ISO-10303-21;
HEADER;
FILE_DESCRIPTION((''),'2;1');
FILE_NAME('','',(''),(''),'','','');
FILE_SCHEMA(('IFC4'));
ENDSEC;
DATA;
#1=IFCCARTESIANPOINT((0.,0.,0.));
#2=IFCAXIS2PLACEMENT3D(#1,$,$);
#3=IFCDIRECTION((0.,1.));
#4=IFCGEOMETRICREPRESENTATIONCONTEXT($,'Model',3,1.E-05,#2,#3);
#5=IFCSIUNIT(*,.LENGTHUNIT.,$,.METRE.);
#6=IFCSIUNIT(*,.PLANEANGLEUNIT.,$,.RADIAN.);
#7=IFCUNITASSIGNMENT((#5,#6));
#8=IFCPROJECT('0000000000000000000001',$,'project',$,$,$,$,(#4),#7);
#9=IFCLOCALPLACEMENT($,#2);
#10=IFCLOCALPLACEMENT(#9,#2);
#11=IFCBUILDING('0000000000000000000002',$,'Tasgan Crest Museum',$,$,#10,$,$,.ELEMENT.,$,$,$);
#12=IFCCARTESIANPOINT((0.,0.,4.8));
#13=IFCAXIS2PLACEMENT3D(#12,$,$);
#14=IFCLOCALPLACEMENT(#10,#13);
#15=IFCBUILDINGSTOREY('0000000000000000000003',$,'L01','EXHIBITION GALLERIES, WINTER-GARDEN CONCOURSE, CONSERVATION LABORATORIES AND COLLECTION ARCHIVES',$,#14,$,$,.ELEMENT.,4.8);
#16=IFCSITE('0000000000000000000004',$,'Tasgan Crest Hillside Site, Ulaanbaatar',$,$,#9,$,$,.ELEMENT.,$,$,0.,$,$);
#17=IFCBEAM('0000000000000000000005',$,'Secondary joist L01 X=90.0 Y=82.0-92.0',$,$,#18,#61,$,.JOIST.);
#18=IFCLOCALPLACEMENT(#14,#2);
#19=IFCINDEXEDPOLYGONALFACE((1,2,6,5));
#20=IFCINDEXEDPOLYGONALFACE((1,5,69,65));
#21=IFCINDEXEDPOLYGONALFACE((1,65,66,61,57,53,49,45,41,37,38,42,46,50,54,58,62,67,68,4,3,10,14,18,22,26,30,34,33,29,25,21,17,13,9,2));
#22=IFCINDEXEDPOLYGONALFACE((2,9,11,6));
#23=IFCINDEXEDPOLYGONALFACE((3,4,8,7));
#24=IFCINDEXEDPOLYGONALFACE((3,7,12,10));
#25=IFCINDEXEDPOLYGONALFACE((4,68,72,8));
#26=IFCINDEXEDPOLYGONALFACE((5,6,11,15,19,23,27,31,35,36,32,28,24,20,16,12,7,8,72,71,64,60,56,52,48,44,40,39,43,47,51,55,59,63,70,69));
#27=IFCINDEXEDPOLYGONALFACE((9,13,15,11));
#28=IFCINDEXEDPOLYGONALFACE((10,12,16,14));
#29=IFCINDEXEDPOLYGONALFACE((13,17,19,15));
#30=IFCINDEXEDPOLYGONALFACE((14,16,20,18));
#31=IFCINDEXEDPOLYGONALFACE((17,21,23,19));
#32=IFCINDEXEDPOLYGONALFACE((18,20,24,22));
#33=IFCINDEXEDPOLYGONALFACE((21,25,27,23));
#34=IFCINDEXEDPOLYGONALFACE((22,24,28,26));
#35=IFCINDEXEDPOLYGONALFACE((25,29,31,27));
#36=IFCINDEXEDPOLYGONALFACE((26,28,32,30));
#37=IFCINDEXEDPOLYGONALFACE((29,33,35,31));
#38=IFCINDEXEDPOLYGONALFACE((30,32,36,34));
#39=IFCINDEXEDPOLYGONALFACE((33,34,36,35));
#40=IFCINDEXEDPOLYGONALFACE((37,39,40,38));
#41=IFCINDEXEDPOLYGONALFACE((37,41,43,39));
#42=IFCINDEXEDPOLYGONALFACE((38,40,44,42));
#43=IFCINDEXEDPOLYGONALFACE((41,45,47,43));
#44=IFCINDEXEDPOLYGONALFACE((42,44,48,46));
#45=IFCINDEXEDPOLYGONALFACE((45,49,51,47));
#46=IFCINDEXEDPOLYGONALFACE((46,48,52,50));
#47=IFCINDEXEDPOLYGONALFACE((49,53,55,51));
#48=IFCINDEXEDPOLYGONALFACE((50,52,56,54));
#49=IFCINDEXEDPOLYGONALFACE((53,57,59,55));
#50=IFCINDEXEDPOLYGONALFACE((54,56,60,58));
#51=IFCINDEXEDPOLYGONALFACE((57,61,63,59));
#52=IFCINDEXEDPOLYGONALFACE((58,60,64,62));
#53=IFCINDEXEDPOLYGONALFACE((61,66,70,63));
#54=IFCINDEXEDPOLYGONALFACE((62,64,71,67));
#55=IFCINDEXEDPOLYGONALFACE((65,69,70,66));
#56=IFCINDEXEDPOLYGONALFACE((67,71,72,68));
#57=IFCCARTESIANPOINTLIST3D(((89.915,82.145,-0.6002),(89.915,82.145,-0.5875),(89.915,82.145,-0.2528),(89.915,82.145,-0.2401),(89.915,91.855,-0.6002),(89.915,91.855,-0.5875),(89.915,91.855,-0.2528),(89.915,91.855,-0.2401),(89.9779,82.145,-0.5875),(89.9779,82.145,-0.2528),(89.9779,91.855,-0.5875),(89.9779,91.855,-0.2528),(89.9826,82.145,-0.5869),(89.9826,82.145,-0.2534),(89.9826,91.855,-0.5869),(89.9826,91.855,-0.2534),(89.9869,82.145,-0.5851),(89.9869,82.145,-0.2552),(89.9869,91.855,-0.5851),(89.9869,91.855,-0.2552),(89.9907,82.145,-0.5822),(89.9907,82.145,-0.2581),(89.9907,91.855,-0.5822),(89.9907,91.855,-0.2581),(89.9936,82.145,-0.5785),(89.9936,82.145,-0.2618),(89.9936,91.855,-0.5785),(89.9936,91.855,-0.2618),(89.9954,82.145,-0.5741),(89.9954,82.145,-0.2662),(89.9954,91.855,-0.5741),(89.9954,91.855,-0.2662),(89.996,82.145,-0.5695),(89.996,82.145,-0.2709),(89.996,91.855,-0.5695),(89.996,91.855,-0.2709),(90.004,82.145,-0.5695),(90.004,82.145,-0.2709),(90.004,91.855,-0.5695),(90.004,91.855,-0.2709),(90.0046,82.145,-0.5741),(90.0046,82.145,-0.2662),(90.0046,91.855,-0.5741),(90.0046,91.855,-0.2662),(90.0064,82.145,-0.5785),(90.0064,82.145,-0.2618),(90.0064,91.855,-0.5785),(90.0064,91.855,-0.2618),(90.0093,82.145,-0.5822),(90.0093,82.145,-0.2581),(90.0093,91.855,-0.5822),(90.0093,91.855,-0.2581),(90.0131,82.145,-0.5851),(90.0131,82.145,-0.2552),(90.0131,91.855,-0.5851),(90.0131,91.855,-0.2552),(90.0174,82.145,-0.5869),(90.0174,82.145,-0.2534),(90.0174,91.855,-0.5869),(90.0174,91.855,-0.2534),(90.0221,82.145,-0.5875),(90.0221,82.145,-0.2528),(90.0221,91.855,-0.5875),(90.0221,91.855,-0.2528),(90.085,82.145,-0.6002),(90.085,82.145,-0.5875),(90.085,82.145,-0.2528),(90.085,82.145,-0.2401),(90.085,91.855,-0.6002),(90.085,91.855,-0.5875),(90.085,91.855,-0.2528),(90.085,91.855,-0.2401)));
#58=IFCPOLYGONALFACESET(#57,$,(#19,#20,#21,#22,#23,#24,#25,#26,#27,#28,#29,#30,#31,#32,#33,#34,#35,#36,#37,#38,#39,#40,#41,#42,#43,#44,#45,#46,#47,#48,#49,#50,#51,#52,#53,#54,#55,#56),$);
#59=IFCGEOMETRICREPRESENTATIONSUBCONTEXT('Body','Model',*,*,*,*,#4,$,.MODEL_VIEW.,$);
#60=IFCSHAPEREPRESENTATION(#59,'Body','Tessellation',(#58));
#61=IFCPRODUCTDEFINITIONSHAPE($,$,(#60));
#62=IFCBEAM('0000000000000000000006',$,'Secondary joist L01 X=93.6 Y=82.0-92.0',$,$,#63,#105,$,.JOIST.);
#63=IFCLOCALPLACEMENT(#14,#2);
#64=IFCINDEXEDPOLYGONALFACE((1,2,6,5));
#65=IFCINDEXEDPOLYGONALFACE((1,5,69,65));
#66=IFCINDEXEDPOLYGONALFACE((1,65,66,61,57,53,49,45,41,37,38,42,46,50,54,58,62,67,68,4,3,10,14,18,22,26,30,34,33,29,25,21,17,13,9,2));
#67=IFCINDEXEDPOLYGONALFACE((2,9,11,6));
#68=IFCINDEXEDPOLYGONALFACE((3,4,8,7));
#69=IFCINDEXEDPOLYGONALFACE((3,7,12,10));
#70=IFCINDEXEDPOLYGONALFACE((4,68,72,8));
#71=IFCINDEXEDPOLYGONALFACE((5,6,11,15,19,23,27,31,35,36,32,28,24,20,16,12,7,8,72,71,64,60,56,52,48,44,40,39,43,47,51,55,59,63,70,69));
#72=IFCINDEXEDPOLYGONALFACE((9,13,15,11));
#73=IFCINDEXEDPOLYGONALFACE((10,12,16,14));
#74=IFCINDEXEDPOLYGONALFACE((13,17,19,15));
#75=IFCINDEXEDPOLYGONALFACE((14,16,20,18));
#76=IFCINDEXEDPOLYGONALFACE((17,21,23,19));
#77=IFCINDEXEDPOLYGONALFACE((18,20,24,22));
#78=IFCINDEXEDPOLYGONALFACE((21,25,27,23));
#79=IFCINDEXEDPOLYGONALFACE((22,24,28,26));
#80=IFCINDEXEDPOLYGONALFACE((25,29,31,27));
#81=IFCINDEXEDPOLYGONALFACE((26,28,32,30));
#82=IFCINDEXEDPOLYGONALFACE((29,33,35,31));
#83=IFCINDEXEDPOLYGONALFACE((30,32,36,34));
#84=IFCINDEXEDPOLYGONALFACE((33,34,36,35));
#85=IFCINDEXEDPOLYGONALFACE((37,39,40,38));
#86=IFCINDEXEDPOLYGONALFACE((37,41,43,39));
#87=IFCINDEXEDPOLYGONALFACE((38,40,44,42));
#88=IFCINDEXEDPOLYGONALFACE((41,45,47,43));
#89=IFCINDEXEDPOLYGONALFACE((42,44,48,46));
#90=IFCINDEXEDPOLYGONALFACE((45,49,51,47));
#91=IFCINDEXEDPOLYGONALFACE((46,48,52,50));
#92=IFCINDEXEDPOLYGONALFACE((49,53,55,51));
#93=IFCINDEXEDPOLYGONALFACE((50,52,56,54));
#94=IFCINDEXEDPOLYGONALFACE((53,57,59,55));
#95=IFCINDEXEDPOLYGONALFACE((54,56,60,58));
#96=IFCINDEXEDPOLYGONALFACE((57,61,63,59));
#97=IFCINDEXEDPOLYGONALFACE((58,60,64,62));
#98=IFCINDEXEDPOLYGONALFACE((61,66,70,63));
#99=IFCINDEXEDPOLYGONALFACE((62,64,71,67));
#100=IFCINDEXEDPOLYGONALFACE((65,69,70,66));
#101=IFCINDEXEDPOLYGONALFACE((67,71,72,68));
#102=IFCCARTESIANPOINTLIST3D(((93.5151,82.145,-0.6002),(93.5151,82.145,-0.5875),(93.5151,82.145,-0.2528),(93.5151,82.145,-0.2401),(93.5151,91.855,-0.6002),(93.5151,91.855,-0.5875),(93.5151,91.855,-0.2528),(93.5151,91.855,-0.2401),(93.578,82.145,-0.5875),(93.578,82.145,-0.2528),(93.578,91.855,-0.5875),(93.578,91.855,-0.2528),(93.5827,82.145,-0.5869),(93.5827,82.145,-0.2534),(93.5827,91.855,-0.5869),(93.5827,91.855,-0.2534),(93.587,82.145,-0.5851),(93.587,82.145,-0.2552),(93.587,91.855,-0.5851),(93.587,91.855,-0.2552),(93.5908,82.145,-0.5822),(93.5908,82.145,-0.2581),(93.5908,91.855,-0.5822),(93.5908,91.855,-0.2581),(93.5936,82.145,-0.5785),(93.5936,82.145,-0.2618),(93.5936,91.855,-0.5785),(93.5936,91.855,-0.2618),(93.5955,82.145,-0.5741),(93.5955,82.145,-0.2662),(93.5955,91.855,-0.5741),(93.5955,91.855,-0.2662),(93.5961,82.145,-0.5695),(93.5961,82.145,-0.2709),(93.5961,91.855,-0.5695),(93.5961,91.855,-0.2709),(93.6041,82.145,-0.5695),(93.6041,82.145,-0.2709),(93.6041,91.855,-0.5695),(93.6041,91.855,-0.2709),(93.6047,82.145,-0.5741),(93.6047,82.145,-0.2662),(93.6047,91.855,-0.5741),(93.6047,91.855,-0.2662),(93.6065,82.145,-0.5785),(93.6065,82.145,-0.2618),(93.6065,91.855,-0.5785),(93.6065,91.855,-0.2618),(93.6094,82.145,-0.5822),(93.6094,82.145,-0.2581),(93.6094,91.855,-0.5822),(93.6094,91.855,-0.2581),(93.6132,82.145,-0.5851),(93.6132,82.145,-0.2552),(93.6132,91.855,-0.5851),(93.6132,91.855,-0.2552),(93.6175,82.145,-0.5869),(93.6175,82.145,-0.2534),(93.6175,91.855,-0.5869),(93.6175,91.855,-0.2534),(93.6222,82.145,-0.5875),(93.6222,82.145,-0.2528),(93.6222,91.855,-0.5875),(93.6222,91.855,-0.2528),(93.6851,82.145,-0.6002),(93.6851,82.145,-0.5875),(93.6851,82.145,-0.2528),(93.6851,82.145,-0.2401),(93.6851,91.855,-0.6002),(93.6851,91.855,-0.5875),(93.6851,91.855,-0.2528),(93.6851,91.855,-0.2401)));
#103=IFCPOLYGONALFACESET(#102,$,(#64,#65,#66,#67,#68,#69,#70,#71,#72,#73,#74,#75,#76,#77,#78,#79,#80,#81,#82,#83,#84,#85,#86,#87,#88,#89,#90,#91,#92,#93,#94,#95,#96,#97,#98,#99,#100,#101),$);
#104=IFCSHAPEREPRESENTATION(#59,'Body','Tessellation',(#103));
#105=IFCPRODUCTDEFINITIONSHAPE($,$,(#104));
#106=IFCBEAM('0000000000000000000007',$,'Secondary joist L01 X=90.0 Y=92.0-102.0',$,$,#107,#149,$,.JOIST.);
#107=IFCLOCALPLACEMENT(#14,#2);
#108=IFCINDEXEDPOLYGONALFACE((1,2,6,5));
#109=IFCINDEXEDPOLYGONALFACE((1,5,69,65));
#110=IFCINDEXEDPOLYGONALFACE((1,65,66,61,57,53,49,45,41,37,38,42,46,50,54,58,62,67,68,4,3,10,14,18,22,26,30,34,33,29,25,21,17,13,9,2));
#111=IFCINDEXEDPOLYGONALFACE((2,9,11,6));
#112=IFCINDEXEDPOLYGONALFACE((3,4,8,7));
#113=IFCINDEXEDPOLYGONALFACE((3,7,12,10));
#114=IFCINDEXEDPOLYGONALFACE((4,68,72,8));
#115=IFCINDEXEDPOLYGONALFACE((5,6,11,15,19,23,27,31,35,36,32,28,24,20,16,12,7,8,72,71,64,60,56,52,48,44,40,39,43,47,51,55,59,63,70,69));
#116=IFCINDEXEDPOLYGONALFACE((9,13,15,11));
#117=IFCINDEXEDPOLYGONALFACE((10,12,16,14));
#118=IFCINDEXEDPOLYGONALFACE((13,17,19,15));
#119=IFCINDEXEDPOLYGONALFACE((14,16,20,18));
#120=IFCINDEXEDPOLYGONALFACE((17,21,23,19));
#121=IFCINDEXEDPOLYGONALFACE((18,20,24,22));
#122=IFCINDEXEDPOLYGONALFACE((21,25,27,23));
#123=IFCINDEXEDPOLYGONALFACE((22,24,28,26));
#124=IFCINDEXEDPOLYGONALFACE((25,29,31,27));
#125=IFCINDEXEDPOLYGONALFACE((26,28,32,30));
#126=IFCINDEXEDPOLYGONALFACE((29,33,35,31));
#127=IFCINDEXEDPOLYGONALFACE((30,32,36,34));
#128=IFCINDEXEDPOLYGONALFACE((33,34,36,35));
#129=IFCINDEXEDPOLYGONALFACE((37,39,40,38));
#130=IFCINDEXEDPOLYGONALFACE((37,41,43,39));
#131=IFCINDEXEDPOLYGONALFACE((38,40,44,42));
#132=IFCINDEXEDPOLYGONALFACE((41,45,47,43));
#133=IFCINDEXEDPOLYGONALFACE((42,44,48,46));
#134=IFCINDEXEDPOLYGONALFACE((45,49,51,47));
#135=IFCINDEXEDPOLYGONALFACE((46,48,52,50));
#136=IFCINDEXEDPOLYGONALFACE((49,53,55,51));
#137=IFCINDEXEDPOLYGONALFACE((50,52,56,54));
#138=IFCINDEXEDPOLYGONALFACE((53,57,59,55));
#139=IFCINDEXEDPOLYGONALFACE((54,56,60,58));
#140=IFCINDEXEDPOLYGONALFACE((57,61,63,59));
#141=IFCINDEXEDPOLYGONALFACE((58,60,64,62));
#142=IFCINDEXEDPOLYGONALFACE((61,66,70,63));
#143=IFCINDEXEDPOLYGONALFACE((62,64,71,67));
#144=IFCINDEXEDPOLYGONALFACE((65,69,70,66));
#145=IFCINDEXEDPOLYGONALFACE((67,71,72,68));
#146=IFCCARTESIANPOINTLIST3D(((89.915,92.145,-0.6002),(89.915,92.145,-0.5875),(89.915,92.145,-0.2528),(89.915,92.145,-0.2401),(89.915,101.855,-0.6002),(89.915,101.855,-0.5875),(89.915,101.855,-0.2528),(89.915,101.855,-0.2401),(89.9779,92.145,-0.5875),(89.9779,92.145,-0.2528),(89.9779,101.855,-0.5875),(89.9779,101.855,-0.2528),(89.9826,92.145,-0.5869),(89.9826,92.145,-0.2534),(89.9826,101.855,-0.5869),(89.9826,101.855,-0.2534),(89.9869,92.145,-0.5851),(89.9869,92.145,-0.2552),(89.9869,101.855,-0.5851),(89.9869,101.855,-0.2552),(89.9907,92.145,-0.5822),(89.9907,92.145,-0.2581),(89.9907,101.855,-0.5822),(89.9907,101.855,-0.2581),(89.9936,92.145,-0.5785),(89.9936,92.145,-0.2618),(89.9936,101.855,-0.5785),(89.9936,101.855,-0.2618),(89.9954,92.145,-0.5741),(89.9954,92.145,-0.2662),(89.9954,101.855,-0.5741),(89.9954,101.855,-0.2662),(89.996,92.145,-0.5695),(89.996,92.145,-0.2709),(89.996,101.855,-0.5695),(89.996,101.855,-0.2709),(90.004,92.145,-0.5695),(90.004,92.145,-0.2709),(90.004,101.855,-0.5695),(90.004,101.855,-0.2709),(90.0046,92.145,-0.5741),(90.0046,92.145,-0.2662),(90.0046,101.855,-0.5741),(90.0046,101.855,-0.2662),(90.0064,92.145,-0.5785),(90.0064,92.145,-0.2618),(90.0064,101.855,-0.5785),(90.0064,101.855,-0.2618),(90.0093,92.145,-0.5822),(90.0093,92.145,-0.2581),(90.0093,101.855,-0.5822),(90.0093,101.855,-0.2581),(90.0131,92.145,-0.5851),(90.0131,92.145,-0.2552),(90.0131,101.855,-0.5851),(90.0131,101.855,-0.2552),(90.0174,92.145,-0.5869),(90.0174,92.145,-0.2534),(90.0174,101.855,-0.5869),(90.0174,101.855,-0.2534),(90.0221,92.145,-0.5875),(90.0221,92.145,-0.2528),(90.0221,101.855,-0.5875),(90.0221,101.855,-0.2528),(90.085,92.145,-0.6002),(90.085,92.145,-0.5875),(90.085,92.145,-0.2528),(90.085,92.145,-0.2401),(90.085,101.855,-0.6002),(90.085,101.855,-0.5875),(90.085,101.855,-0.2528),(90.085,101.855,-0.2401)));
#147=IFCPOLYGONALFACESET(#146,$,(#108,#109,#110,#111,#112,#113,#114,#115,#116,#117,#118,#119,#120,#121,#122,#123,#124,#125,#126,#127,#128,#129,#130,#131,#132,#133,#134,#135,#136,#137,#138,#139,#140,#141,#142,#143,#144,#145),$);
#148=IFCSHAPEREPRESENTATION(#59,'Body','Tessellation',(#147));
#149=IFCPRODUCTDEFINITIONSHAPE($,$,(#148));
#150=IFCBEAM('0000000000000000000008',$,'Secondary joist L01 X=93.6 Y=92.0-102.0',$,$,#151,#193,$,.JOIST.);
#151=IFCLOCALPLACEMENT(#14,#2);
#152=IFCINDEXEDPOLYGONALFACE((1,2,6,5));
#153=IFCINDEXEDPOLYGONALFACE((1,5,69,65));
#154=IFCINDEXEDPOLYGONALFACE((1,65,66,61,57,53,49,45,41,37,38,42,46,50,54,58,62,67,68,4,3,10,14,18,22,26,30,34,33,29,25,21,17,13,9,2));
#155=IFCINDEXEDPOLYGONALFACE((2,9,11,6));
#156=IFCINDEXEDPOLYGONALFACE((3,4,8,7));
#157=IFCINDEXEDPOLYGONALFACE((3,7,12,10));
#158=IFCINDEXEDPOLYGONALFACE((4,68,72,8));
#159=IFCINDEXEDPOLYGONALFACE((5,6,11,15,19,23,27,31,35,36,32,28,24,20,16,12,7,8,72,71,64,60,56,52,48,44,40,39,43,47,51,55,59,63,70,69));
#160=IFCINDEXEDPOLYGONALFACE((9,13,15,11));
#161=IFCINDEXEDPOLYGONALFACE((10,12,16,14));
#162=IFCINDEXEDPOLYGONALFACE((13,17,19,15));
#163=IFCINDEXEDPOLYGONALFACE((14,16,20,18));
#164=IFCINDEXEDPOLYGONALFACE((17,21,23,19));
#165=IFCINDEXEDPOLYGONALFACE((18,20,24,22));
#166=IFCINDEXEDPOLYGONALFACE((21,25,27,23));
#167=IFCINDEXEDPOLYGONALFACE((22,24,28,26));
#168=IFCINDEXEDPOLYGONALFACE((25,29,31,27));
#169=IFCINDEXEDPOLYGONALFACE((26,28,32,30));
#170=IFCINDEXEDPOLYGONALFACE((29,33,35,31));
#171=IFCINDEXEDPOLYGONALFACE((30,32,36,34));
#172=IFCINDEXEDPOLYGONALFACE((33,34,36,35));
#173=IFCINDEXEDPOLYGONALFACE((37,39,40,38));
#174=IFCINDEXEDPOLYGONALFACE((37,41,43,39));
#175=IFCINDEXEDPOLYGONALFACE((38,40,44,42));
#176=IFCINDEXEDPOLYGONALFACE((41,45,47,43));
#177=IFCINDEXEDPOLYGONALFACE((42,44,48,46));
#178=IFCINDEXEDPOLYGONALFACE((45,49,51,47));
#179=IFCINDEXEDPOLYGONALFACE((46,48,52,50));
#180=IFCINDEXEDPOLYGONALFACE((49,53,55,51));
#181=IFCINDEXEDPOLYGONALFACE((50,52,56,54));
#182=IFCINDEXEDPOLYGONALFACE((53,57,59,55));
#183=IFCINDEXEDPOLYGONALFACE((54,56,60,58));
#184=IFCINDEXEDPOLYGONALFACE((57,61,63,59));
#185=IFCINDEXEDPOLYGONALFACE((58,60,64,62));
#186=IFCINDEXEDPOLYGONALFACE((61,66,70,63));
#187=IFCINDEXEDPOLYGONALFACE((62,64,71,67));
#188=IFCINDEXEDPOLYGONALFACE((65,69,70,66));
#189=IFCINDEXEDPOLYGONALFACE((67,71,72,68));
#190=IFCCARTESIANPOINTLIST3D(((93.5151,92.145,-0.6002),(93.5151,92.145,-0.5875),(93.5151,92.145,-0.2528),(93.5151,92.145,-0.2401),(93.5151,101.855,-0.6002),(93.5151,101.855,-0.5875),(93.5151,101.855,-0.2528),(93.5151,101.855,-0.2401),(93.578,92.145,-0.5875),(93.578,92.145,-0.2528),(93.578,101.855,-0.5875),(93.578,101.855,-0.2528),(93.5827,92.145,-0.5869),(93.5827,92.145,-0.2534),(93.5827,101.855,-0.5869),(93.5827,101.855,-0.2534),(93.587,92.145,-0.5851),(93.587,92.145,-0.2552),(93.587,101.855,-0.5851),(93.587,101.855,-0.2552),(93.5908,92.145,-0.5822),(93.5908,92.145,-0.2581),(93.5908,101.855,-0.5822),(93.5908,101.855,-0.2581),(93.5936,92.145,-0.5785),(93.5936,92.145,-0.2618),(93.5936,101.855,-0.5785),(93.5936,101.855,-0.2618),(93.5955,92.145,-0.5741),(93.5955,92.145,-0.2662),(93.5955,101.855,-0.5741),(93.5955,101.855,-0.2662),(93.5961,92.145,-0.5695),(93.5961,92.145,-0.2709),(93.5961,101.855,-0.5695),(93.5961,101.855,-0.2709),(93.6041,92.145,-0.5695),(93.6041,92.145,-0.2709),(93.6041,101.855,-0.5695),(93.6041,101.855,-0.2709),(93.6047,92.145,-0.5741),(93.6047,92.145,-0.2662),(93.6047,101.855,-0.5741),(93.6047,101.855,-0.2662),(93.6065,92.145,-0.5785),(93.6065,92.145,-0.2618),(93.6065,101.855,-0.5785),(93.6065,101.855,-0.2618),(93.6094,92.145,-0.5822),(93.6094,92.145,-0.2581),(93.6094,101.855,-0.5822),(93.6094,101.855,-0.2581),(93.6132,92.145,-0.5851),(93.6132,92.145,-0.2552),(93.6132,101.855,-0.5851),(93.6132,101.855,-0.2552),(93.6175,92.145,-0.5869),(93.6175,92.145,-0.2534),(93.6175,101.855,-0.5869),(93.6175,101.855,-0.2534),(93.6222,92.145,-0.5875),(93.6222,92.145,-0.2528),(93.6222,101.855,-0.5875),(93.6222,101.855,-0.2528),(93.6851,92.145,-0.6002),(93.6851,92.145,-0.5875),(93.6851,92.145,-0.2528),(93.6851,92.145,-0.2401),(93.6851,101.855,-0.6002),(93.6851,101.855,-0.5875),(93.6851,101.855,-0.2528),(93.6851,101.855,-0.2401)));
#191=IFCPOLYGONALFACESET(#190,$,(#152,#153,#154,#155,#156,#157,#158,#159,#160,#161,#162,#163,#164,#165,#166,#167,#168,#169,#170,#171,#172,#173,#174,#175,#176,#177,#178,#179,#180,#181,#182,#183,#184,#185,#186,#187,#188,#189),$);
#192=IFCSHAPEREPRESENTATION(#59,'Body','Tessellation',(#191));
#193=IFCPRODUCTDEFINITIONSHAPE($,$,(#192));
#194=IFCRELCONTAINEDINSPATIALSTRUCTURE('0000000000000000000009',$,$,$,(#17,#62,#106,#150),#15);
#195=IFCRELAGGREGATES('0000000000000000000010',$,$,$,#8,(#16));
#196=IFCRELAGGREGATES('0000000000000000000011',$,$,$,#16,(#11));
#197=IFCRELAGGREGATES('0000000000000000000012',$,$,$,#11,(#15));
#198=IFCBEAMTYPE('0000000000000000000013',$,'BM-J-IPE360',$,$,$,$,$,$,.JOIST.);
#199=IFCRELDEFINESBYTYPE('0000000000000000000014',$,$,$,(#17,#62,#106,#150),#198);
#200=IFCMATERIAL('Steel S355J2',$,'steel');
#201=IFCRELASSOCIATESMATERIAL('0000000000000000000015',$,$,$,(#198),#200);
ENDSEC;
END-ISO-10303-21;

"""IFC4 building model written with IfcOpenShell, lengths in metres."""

from ifc_helpers import new_model, si_unit, direction, frame, origin, origin_2d, place, context, subcontext, project, spatial, i_section, extrude, material, material_profile, profile_set, type_object, element, save


model = new_model("IFC4")

# Units and contexts
model_context = context("Model", 3, precision=1e-05, world=origin(), true_north=direction((0.0, 1.0)))
body_context = subcontext(model_context, "Body", "Model", "MODEL_VIEW")
ifc_project = project(units=[si_unit("LENGTHUNIT", "METRE"), si_unit("PLANEANGLEUNIT", "RADIAN")], contexts=[model_context])

# Site, building, storey
site_placement = place(None, origin())
site = spatial("IfcSite", under=ifc_project, at=site_placement, Name="Tasgan Crest Hillside Site, Ulaanbaatar", CompositionType="ELEMENT", RefElevation=0.0)
building_placement = place(site_placement, origin())
building = spatial("IfcBuilding", under=site, at=building_placement, Name="Tasgan Crest Museum", CompositionType="ELEMENT")
storey_placement = place(building_placement, frame((0.0, 0.0, 4.8)))
storey = spatial("IfcBuildingStorey", under=building, at=storey_placement, Name="L01", Description="EXHIBITION GALLERIES, WINTER-GARDEN CONCOURSE, CONSERVATION LABORATORIES AND COLLECTION ARCHIVES", CompositionType="ELEMENT", Elevation=4.8)

# Beams
ifc_material_1 = material(Name="Steel S355J2", Category="steel")
ifc_material_profile_1 = material_profile(ifc_material_1, i_section(OverallWidth=0.1699, OverallDepth=0.3601, WebThickness=0.0081, FlangeThickness=0.0127, FilletRadius=0.0181, at=origin_2d()), Name="IPE 360")
ifc_profile_set_1 = profile_set([ifc_material_profile_1], Name="Steel S355J2")
beam_type_1 = type_object("IfcBeamType", Name="BM-J-IPE360", PredefinedType="JOIST", material=ifc_profile_set_1)
for number, where, z_axis, x_axis, name in (
    (1, (90.0, 82.145, -0.4202), (0.0, 1.0, 0.0), (-1.0, 0.0, 0.0), "Secondary joist L01 X=90.0 Y=82.0-92.0"),
    (2, (93.6001, 82.145, -0.4202), (0.0, 1.0, 0.0), (-1.0, 0.0, 0.0), "Secondary joist L01 X=93.6 Y=82.0-92.0"),
    (3, (90.0, 92.145, -0.4202), (0.0, 1.0, 0.0), (-1.0, 0.0, 0.0), "Secondary joist L01 X=90.0 Y=92.0-102.0"),
    (4, (93.6001, 92.145, -0.4202), (0.0, 1.0, 0.0), (-1.0, 0.0, 0.0), "Secondary joist L01 X=93.6 Y=92.0-102.0"),
):
    element("IfcBeam", number, at=place(storey_placement, frame(where, z_axis=z_axis, x_axis=x_axis)), inside=storey, type_object=beam_type_1, Name=name, PredefinedType="JOIST", context=body_context, shape_type="SweptSolid", body=[
        extrude(i_section(OverallWidth=0.1699, OverallDepth=0.3601, WebThickness=0.0081, FlangeThickness=0.0127, FilletRadius=0.0181, at=origin_2d()), origin(), (0.0, 0.0, 1.0), 9.71),
    ])

save(model, "model.ifc")
